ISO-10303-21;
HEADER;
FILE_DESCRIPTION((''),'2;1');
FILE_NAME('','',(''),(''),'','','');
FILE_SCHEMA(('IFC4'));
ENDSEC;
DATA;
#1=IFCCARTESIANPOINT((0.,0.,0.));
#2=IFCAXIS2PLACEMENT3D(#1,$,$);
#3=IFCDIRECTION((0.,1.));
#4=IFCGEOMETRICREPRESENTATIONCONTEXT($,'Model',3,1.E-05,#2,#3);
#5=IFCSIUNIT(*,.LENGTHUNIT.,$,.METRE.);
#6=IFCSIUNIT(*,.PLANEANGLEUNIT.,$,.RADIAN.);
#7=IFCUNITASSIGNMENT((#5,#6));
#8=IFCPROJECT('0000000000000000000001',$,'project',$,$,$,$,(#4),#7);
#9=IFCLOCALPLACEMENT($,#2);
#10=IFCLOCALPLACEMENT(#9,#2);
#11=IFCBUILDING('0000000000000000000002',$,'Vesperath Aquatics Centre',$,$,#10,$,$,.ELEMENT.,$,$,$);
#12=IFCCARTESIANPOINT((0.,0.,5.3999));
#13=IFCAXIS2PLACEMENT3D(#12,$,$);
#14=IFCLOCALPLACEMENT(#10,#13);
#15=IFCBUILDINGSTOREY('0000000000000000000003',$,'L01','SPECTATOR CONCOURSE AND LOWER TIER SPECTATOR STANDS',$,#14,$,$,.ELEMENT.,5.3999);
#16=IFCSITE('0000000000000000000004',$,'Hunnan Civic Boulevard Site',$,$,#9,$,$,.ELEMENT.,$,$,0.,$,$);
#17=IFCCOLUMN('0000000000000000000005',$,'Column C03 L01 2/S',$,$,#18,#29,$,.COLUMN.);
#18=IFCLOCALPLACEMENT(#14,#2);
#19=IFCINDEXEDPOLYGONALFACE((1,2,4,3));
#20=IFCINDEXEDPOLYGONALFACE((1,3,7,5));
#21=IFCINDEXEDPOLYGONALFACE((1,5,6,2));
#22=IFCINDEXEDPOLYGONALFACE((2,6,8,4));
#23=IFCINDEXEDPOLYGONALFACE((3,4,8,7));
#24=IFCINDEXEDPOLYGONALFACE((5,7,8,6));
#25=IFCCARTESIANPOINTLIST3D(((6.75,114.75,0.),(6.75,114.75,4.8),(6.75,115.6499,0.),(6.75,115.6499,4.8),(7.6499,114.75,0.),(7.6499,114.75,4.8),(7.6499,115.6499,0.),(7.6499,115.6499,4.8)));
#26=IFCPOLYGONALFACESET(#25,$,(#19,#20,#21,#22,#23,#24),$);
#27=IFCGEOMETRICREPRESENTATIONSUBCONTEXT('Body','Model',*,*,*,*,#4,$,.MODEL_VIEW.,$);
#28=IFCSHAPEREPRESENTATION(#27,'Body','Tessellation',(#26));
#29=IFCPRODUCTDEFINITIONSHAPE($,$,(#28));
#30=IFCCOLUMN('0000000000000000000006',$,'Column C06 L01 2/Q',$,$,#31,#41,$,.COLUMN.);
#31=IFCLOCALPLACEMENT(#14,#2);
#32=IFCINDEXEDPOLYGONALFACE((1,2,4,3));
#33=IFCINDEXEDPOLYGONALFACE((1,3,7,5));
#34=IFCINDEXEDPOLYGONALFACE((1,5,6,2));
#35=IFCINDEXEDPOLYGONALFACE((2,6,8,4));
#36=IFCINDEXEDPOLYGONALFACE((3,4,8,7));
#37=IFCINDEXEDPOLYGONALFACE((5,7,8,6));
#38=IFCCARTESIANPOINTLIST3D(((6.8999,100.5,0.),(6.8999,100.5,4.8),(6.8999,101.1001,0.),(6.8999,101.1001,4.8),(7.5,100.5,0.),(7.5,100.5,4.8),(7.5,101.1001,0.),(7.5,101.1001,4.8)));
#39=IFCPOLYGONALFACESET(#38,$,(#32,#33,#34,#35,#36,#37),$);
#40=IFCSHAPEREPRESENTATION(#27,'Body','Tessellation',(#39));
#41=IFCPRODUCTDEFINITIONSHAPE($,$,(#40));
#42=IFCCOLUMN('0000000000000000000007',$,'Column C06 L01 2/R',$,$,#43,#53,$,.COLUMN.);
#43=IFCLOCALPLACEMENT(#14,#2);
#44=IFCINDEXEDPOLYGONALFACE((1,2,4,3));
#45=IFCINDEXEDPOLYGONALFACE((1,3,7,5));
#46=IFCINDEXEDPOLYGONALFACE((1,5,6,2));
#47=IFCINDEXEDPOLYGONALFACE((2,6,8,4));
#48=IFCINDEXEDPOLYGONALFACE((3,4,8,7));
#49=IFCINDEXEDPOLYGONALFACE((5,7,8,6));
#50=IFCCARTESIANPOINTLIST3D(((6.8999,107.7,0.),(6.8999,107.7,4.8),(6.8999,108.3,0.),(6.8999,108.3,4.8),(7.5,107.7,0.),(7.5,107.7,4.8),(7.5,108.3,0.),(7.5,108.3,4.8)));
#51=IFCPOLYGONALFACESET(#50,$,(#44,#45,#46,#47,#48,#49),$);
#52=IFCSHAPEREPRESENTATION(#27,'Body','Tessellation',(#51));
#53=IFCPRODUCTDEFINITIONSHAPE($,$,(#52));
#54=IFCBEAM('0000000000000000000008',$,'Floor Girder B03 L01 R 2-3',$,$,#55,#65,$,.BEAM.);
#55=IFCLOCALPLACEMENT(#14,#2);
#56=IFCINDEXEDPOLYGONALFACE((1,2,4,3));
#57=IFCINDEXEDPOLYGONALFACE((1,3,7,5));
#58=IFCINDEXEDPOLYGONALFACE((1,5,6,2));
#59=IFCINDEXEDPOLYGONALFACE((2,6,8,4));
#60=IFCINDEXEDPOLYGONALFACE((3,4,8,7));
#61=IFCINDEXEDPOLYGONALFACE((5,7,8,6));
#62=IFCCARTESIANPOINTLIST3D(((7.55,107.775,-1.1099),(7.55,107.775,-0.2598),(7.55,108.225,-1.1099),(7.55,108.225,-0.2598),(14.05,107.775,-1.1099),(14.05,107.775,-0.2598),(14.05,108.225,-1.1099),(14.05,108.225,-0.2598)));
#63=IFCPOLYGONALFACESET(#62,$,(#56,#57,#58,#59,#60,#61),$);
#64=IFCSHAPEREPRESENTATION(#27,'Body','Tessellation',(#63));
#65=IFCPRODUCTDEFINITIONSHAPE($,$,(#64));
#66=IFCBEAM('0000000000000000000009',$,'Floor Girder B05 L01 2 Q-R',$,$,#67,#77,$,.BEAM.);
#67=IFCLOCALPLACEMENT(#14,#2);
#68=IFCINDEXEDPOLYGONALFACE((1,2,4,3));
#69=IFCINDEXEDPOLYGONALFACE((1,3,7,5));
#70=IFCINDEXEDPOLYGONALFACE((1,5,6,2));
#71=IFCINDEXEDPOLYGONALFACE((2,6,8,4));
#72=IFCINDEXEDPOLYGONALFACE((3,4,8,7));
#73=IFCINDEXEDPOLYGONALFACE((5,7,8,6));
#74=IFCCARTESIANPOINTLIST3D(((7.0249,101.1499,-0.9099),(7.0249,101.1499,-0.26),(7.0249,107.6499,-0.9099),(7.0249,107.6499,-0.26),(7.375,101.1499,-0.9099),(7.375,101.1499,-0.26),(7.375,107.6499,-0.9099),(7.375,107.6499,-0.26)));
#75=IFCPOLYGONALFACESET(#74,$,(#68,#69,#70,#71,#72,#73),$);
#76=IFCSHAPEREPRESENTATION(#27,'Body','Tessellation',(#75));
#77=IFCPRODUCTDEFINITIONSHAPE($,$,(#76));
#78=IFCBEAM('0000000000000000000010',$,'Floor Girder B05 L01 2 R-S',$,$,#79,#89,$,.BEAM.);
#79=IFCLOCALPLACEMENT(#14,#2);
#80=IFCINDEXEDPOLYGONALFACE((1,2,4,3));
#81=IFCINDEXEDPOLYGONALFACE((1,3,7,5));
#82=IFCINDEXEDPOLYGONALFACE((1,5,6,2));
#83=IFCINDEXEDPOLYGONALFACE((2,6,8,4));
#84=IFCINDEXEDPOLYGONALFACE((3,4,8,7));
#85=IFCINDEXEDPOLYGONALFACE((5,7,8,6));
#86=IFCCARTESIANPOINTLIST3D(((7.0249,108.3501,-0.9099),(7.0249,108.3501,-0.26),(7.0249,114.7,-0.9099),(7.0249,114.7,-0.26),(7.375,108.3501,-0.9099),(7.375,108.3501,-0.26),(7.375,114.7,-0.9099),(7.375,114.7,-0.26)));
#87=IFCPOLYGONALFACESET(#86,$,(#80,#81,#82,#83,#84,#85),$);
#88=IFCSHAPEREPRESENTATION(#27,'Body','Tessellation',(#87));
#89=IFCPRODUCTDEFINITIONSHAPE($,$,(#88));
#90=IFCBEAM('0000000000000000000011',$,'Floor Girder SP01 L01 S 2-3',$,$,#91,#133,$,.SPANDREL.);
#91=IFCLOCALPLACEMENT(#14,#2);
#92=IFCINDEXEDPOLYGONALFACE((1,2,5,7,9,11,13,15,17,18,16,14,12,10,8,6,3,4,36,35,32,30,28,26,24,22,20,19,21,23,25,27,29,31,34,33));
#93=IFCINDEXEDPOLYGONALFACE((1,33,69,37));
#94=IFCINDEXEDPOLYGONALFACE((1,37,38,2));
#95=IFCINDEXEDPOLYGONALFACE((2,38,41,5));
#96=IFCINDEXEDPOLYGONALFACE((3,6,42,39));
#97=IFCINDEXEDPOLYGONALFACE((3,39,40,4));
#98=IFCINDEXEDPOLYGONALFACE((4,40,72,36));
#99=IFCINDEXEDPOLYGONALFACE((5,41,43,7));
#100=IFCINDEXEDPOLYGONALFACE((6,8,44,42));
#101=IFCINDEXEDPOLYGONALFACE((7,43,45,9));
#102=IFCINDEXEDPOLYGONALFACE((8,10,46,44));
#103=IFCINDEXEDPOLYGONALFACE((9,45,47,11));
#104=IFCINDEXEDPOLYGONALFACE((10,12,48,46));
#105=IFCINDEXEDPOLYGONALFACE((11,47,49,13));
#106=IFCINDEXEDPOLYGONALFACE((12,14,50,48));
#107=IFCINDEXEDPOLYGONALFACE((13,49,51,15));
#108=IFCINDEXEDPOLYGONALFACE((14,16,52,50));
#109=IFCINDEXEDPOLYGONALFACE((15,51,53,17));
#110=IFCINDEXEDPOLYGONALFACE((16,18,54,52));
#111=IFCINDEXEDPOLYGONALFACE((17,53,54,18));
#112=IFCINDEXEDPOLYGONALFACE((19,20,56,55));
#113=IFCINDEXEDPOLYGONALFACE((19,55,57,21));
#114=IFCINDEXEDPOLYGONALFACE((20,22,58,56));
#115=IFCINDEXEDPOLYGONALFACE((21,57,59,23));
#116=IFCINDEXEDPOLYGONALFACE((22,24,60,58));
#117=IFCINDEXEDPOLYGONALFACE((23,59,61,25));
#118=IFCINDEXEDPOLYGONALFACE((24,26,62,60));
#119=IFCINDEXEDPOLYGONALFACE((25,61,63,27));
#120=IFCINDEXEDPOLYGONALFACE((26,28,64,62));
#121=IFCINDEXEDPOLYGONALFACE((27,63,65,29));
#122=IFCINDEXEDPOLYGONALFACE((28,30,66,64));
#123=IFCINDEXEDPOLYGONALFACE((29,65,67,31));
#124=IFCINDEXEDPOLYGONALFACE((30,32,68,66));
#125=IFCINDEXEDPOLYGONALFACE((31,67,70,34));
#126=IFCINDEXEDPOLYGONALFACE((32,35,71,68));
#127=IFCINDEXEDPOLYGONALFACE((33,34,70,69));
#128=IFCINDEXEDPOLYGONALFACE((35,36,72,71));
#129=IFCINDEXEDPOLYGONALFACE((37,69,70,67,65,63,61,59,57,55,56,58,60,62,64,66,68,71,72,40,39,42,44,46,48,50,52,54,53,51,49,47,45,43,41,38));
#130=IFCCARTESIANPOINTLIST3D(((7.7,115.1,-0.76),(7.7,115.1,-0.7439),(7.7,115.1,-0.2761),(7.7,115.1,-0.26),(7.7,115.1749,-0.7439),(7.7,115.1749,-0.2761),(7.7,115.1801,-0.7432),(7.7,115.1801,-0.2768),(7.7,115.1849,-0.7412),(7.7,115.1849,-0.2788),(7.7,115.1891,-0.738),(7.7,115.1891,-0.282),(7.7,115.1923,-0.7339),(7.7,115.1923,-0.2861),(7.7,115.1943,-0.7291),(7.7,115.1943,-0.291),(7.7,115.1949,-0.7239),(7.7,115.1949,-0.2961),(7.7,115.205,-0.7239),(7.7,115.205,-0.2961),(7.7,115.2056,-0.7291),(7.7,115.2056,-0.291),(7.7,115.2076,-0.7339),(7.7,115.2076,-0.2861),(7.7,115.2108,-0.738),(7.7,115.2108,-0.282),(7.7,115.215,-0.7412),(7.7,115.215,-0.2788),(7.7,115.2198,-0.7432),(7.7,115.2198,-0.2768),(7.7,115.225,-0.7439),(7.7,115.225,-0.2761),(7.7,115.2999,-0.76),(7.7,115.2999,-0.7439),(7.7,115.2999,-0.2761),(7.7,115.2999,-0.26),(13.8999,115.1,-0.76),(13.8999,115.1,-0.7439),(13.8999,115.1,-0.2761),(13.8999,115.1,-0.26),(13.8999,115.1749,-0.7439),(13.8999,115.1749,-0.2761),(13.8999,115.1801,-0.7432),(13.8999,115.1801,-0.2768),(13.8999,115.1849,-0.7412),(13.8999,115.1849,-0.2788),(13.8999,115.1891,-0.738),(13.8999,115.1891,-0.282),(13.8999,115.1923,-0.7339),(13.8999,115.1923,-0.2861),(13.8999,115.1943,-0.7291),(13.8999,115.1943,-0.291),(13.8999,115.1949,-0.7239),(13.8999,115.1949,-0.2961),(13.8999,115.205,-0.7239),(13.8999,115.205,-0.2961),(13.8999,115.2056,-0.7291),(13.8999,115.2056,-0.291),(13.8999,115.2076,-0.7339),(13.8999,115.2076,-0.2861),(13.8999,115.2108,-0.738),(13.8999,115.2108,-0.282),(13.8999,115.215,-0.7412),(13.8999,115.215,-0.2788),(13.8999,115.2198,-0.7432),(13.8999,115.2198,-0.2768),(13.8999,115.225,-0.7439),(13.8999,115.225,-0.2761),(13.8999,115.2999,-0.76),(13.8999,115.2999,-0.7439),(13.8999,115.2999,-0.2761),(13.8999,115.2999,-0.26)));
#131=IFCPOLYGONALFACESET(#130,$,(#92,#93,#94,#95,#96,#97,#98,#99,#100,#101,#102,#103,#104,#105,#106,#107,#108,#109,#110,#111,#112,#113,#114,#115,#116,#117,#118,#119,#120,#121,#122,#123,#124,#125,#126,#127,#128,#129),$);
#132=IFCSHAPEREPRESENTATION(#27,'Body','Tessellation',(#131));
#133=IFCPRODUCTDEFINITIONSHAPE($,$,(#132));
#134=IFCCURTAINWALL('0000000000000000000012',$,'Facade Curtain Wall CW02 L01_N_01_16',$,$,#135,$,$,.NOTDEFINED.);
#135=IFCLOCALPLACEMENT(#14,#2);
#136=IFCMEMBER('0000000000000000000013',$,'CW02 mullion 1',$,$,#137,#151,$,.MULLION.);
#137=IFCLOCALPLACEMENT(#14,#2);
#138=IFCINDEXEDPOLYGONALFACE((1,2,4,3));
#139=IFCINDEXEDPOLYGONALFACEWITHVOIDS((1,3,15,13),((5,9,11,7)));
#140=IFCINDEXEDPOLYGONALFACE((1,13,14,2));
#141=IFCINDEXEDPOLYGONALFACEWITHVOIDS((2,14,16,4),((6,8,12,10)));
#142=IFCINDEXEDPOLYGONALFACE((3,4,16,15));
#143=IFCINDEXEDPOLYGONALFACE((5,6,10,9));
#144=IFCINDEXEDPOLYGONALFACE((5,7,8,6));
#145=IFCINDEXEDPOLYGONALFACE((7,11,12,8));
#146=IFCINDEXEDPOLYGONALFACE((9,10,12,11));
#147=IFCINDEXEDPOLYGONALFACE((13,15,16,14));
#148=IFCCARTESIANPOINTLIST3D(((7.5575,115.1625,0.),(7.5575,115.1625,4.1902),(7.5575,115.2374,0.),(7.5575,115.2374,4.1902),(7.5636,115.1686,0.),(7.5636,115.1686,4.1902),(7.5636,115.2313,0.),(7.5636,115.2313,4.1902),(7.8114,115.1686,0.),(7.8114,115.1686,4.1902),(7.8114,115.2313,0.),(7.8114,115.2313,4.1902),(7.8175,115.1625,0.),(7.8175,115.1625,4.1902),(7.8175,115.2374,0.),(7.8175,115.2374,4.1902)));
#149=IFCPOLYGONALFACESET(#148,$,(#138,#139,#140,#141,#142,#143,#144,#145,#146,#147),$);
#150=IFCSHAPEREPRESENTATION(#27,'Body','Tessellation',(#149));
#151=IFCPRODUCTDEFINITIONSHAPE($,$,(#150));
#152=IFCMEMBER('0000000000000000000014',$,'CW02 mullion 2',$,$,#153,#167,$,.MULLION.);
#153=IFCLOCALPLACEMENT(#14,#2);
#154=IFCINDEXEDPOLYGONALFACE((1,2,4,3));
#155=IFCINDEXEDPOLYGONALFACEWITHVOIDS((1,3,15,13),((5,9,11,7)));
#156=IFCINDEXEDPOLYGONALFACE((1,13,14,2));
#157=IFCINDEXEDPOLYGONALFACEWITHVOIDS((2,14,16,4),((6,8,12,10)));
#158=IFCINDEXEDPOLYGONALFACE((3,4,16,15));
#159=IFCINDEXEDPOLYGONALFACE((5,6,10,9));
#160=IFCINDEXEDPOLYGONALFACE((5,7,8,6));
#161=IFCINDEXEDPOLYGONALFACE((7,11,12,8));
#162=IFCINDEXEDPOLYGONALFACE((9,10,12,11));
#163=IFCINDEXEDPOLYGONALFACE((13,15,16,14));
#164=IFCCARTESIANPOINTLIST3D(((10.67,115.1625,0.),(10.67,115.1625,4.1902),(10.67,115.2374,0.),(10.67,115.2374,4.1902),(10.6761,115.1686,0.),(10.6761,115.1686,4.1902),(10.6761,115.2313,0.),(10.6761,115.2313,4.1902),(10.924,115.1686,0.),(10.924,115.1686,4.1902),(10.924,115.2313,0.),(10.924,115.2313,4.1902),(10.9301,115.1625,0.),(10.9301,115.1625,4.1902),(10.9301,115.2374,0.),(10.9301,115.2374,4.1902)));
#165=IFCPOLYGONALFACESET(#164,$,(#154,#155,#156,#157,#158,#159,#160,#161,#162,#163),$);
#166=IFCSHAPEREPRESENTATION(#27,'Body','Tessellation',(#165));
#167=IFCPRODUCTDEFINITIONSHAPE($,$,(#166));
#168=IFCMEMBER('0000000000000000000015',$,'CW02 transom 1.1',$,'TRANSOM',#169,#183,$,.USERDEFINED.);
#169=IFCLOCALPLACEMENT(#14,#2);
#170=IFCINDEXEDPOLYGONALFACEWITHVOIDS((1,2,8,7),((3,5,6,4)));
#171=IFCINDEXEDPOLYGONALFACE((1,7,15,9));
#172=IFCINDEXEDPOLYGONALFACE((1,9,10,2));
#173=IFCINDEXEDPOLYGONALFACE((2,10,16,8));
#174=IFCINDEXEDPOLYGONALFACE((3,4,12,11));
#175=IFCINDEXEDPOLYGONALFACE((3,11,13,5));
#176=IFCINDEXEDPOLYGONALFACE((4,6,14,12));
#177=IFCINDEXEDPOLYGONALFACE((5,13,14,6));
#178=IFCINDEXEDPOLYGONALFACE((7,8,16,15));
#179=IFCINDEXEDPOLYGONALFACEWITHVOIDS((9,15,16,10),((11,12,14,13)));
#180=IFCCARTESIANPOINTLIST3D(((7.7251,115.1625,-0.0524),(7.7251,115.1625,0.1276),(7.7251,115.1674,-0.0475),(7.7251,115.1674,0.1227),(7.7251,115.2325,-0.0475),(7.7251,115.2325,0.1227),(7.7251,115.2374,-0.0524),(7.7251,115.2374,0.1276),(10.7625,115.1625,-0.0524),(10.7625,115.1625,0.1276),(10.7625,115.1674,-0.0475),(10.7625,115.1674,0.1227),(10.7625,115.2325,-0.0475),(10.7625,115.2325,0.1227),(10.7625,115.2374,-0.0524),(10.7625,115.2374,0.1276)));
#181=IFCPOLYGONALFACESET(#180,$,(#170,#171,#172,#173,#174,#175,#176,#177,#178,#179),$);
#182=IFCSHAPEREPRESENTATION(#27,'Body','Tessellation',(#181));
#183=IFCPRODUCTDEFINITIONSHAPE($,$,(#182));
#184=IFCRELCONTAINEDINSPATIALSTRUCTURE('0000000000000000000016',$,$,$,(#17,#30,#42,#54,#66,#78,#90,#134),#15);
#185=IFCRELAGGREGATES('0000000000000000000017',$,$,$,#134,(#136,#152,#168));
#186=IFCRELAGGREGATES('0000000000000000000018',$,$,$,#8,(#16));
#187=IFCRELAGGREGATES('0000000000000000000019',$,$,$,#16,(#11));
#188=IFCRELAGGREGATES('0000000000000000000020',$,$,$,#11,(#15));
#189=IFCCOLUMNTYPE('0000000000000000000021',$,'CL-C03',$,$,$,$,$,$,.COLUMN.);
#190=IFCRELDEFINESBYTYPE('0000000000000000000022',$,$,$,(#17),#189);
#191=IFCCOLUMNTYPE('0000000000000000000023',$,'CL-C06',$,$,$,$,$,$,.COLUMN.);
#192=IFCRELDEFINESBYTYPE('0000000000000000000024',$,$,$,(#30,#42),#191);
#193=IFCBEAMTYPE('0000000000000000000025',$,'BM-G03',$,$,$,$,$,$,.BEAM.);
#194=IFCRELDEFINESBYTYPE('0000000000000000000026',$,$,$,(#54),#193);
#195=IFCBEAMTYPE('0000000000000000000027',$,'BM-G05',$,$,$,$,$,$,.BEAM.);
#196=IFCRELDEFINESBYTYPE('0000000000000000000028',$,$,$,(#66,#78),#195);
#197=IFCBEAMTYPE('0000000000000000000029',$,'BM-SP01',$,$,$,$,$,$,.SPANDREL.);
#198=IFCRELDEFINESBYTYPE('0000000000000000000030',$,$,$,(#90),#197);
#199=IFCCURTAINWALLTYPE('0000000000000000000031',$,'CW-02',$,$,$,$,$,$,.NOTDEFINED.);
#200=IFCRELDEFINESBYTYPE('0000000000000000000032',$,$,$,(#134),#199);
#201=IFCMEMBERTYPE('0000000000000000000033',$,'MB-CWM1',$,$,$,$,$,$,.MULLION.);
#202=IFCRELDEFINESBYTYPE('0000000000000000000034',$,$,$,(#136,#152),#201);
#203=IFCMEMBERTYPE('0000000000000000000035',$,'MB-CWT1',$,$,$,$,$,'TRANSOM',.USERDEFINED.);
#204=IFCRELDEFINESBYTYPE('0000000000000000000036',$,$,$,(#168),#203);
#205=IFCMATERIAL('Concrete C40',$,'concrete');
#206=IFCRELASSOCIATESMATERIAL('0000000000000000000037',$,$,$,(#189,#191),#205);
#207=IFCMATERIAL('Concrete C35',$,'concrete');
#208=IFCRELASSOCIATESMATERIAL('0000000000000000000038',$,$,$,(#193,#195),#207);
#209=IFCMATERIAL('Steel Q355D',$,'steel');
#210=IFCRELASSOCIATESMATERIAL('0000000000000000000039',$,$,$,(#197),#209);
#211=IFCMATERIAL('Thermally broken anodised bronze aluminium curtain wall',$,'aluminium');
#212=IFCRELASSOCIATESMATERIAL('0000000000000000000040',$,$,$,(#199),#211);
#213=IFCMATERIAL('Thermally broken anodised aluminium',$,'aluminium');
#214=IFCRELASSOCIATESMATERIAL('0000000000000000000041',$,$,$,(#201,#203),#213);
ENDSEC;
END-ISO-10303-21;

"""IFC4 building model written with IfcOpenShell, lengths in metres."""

from ifc_helpers import new_model, si_unit, direction, frame, origin, origin_2d, place, context, subcontext, project, spatial, rectangle, hollow_rectangle, i_section, extrude, material, material_profile, profile_set, type_object, element, aggregate, save


model = new_model("IFC4")

# Units and contexts
model_context = context("Model", 3, precision=1e-05, world=origin(), true_north=direction((0.0, 1.0)))
body_context = subcontext(model_context, "Body", "Model", "MODEL_VIEW")
ifc_project = project(units=[si_unit("LENGTHUNIT", "METRE"), si_unit("PLANEANGLEUNIT", "RADIAN")], contexts=[model_context])

# Site, building, storey
site_placement = place(None, origin())
site = spatial("IfcSite", under=ifc_project, at=site_placement, Name="Hunnan Civic Boulevard Site", CompositionType="ELEMENT", RefElevation=0.0)
building_placement = place(site_placement, origin())
building = spatial("IfcBuilding", under=site, at=building_placement, Name="Vesperath Aquatics Centre", CompositionType="ELEMENT")
storey_placement = place(building_placement, frame((0.0, 0.0, 5.3999)))
storey = spatial("IfcBuildingStorey", under=building, at=storey_placement, Name="L01", Description="SPECTATOR CONCOURSE AND LOWER TIER SPECTATOR STANDS", CompositionType="ELEMENT", Elevation=5.3999)

# Columns
ifc_material_1 = material(Name="Concrete C40", Category="concrete")
ifc_material_profile_1 = material_profile(ifc_material_1, rectangle(XDim=0.8999, YDim=0.8999, at=origin_2d()), Name="RC 900x900")
ifc_profile_set_1 = profile_set([ifc_material_profile_1], Name="Concrete C40")
column_type_1 = type_object("IfcColumnType", Name="CL-C03", PredefinedType="COLUMN", material=ifc_profile_set_1)
column_placement = place(storey_placement, frame((7.2, 115.2, 0.0), z_axis=(0.0, 0.0, 1.0), x_axis=(1.0, 0.0, 0.0)))
element("IfcColumn", 1, at=column_placement, inside=storey, type_object=column_type_1, Name="Column C03 L01 2/S", PredefinedType="COLUMN", context=body_context, shape_type="SweptSolid", body=[
    extrude(rectangle(XDim=0.8999, YDim=0.8999, at=origin_2d()), origin(), (0.0, 0.0, 1.0), 4.8),
])
ifc_material_profile_2 = material_profile(ifc_material_1, rectangle(XDim=0.6001, YDim=0.6001, at=origin_2d()), Name="RC 600x600")
ifc_profile_set_2 = profile_set([ifc_material_profile_2], Name="Concrete C40")
column_type_2 = type_object("IfcColumnType", Name="CL-C06", PredefinedType="COLUMN", material=ifc_profile_set_2)
for number, where, z_axis, x_axis, name in (
    (2, (7.2, 100.8, 0.0), (0.0, 0.0, 1.0), (1.0, 0.0, 0.0), "Column C06 L01 2/Q"),
    (3, (7.2, 108.0, 0.0), (0.0, 0.0, 1.0), (1.0, 0.0, 0.0), "Column C06 L01 2/R"),
):
    element("IfcColumn", number, at=place(storey_placement, frame(where, z_axis=z_axis, x_axis=x_axis)), inside=storey, type_object=column_type_2, Name=name, PredefinedType="COLUMN", context=body_context, shape_type="SweptSolid", body=[
        extrude(rectangle(XDim=0.6001, YDim=0.6001, at=origin_2d()), origin(), (0.0, 0.0, 1.0), 4.8),
    ])

# Beams
ifc_material_2 = material(Name="Concrete C35", Category="concrete")
ifc_material_profile_3 = material_profile(ifc_material_2, rectangle(XDim=0.45, YDim=0.8501, at=origin_2d()), Name="RC 450x850")
ifc_profile_set_3 = profile_set([ifc_material_profile_3], Name="Concrete C35")
beam_type_1 = type_object("IfcBeamType", Name="BM-G03", PredefinedType="BEAM", material=ifc_profile_set_3)
beam_1_placement = place(storey_placement, frame((7.55, 108.0, -0.6848), z_axis=(1.0, 0.0, 0.0), x_axis=(0.0, 1.0, 0.0)))
element("IfcBeam", 4, at=beam_1_placement, inside=storey, type_object=beam_type_1, Name="Floor Girder B03 L01 R 2-3", PredefinedType="BEAM", context=body_context, shape_type="SweptSolid", body=[
    extrude(rectangle(XDim=0.45, YDim=0.8501, at=origin_2d()), origin(), (0.0, 0.0, 1.0), 6.5),
])
ifc_material_profile_4 = material_profile(ifc_material_2, rectangle(XDim=0.3501, YDim=0.6499, at=origin_2d()), Name="RC 350x650")
ifc_profile_set_4 = profile_set([ifc_material_profile_4], Name="Concrete C35")
beam_type_2 = type_object("IfcBeamType", Name="BM-G05", PredefinedType="BEAM", material=ifc_profile_set_4)
beam_2_placement = place(storey_placement, frame((7.2, 101.1499, -0.585), z_axis=(0.0, 1.0, 0.0), x_axis=(-1.0, 0.0, 0.0)))
element("IfcBeam", 5, at=beam_2_placement, inside=storey, type_object=beam_type_2, Name="Floor Girder B05 L01 2 Q-R", PredefinedType="BEAM", context=body_context, shape_type="SweptSolid", body=[
    extrude(rectangle(XDim=0.3501, YDim=0.6499, at=origin_2d()), origin(), (0.0, 0.0, 1.0), 6.5),
])
beam_3_placement = place(storey_placement, frame((7.2, 108.3501, -0.585), z_axis=(0.0, 1.0, 0.0), x_axis=(-1.0, 0.0, 0.0)))
element("IfcBeam", 6, at=beam_3_placement, inside=storey, type_object=beam_type_2, Name="Floor Girder B05 L01 2 R-S", PredefinedType="BEAM", context=body_context, shape_type="SweptSolid", body=[
    extrude(rectangle(XDim=0.3501, YDim=0.6499, at=origin_2d()), origin(), (0.0, 0.0, 1.0), 6.3499),
])
ifc_material_3 = material(Name="Steel Q355D", Category="steel")
ifc_material_profile_5 = material_profile(ifc_material_3, i_section(OverallWidth=0.2, OverallDepth=0.5, WebThickness=0.01, FlangeThickness=0.0161, FilletRadius=0.02, at=origin_2d()), Name="HN 500x200x10x16")
ifc_profile_set_5 = profile_set([ifc_material_profile_5], Name="Steel Q355D")
beam_type_3 = type_object("IfcBeamType", Name="BM-SP01", PredefinedType="SPANDREL", material=ifc_profile_set_5)
beam_4_placement = place(storey_placement, frame((7.7, 115.2, -0.51), z_axis=(1.0, 0.0, 0.0), x_axis=(0.0, 1.0, 0.0)))
element("IfcBeam", 7, at=beam_4_placement, inside=storey, type_object=beam_type_3, Name="Floor Girder SP01 L01 S 2-3", PredefinedType="SPANDREL", context=body_context, shape_type="SweptSolid", body=[
    extrude(i_section(OverallWidth=0.2, OverallDepth=0.5, WebThickness=0.01, FlangeThickness=0.0161, FilletRadius=0.02, at=origin_2d()), origin(), (0.0, 0.0, 1.0), 6.2),
])

# Curtain wall, members
ifc_material_4 = material(Name="Thermally broken anodised bronze aluminium curtain wall", Category="aluminium")
curtain_wall_type = type_object("IfcCurtainWallType", Name="CW-02", PredefinedType="NOTDEFINED", material=ifc_material_4)
curtain_wall_placement = place(storey_placement, origin())
curtain_wall = element("IfcCurtainWall", 8, at=curtain_wall_placement, inside=storey, type_object=curtain_wall_type, Name="Facade Curtain Wall CW02 L01_N_01_16", PredefinedType="NOTDEFINED")
ifc_material_5 = material(Name="Thermally broken anodised aluminium", Category="aluminium")
ifc_material_profile_6 = material_profile(ifc_material_5, hollow_rectangle(XDim=0.075, YDim=0.26, WallThickness=0.0061, at=origin_2d()), Name="CWM 75x260x6")
ifc_profile_set_6 = profile_set([ifc_material_profile_6], Name="Thermally broken anodised aluminium")
member_type_1 = type_object("IfcMemberType", Name="MB-CWM1", PredefinedType="MULLION", material=ifc_profile_set_6)
member_1_placement = place(storey_placement, frame((7.6875, 115.2, 0.0), z_axis=(0.0, 0.0, 1.0), x_axis=(0.0, 1.0, 0.0)))
member_1 = element("IfcMember", 9, at=member_1_placement, type_object=member_type_1, Name="CW02 mullion 1", PredefinedType="MULLION", context=body_context, shape_type="SweptSolid", body=[
    extrude(hollow_rectangle(XDim=0.075, YDim=0.26, WallThickness=0.0061, at=origin_2d()), origin(), (0.0, 0.0, 1.0), 4.1902),
])
member_2_placement = place(storey_placement, frame((10.8, 115.2, 0.0), z_axis=(0.0, 0.0, 1.0), x_axis=(0.0, 1.0, 0.0)))
member_2 = element("IfcMember", 10, at=member_2_placement, type_object=member_type_1, Name="CW02 mullion 2", PredefinedType="MULLION", context=body_context, shape_type="SweptSolid", body=[
    extrude(hollow_rectangle(XDim=0.075, YDim=0.26, WallThickness=0.0061, at=origin_2d()), origin(), (0.0, 0.0, 1.0), 4.1902),
])
ifc_material_profile_7 = material_profile(ifc_material_5, hollow_rectangle(XDim=0.075, YDim=0.1799, WallThickness=0.0049, at=origin_2d()), Name="CWT 75x180x5")
ifc_profile_set_7 = profile_set([ifc_material_profile_7], Name="Thermally broken anodised aluminium")
member_type_2 = type_object("IfcMemberType", Name="MB-CWT1", ElementType="TRANSOM", PredefinedType="USERDEFINED", material=ifc_profile_set_7)
member_3_placement = place(storey_placement, frame((7.7251, 115.2, 0.0376), z_axis=(1.0, 0.0, 0.0), x_axis=(0.0, 1.0, 0.0)))
member_3 = element("IfcMember", 11, at=member_3_placement, type_object=member_type_2, Name="CW02 transom 1.1", ObjectType="TRANSOM", PredefinedType="USERDEFINED", context=body_context, shape_type="SweptSolid", body=[
    extrude(hollow_rectangle(XDim=0.075, YDim=0.1799, WallThickness=0.0049, at=origin_2d()), origin(), (0.0, 0.0, 1.0), 3.0374),
])

aggregate(curtain_wall, [member_1, member_2, member_3])

save(model, "model.ifc")
